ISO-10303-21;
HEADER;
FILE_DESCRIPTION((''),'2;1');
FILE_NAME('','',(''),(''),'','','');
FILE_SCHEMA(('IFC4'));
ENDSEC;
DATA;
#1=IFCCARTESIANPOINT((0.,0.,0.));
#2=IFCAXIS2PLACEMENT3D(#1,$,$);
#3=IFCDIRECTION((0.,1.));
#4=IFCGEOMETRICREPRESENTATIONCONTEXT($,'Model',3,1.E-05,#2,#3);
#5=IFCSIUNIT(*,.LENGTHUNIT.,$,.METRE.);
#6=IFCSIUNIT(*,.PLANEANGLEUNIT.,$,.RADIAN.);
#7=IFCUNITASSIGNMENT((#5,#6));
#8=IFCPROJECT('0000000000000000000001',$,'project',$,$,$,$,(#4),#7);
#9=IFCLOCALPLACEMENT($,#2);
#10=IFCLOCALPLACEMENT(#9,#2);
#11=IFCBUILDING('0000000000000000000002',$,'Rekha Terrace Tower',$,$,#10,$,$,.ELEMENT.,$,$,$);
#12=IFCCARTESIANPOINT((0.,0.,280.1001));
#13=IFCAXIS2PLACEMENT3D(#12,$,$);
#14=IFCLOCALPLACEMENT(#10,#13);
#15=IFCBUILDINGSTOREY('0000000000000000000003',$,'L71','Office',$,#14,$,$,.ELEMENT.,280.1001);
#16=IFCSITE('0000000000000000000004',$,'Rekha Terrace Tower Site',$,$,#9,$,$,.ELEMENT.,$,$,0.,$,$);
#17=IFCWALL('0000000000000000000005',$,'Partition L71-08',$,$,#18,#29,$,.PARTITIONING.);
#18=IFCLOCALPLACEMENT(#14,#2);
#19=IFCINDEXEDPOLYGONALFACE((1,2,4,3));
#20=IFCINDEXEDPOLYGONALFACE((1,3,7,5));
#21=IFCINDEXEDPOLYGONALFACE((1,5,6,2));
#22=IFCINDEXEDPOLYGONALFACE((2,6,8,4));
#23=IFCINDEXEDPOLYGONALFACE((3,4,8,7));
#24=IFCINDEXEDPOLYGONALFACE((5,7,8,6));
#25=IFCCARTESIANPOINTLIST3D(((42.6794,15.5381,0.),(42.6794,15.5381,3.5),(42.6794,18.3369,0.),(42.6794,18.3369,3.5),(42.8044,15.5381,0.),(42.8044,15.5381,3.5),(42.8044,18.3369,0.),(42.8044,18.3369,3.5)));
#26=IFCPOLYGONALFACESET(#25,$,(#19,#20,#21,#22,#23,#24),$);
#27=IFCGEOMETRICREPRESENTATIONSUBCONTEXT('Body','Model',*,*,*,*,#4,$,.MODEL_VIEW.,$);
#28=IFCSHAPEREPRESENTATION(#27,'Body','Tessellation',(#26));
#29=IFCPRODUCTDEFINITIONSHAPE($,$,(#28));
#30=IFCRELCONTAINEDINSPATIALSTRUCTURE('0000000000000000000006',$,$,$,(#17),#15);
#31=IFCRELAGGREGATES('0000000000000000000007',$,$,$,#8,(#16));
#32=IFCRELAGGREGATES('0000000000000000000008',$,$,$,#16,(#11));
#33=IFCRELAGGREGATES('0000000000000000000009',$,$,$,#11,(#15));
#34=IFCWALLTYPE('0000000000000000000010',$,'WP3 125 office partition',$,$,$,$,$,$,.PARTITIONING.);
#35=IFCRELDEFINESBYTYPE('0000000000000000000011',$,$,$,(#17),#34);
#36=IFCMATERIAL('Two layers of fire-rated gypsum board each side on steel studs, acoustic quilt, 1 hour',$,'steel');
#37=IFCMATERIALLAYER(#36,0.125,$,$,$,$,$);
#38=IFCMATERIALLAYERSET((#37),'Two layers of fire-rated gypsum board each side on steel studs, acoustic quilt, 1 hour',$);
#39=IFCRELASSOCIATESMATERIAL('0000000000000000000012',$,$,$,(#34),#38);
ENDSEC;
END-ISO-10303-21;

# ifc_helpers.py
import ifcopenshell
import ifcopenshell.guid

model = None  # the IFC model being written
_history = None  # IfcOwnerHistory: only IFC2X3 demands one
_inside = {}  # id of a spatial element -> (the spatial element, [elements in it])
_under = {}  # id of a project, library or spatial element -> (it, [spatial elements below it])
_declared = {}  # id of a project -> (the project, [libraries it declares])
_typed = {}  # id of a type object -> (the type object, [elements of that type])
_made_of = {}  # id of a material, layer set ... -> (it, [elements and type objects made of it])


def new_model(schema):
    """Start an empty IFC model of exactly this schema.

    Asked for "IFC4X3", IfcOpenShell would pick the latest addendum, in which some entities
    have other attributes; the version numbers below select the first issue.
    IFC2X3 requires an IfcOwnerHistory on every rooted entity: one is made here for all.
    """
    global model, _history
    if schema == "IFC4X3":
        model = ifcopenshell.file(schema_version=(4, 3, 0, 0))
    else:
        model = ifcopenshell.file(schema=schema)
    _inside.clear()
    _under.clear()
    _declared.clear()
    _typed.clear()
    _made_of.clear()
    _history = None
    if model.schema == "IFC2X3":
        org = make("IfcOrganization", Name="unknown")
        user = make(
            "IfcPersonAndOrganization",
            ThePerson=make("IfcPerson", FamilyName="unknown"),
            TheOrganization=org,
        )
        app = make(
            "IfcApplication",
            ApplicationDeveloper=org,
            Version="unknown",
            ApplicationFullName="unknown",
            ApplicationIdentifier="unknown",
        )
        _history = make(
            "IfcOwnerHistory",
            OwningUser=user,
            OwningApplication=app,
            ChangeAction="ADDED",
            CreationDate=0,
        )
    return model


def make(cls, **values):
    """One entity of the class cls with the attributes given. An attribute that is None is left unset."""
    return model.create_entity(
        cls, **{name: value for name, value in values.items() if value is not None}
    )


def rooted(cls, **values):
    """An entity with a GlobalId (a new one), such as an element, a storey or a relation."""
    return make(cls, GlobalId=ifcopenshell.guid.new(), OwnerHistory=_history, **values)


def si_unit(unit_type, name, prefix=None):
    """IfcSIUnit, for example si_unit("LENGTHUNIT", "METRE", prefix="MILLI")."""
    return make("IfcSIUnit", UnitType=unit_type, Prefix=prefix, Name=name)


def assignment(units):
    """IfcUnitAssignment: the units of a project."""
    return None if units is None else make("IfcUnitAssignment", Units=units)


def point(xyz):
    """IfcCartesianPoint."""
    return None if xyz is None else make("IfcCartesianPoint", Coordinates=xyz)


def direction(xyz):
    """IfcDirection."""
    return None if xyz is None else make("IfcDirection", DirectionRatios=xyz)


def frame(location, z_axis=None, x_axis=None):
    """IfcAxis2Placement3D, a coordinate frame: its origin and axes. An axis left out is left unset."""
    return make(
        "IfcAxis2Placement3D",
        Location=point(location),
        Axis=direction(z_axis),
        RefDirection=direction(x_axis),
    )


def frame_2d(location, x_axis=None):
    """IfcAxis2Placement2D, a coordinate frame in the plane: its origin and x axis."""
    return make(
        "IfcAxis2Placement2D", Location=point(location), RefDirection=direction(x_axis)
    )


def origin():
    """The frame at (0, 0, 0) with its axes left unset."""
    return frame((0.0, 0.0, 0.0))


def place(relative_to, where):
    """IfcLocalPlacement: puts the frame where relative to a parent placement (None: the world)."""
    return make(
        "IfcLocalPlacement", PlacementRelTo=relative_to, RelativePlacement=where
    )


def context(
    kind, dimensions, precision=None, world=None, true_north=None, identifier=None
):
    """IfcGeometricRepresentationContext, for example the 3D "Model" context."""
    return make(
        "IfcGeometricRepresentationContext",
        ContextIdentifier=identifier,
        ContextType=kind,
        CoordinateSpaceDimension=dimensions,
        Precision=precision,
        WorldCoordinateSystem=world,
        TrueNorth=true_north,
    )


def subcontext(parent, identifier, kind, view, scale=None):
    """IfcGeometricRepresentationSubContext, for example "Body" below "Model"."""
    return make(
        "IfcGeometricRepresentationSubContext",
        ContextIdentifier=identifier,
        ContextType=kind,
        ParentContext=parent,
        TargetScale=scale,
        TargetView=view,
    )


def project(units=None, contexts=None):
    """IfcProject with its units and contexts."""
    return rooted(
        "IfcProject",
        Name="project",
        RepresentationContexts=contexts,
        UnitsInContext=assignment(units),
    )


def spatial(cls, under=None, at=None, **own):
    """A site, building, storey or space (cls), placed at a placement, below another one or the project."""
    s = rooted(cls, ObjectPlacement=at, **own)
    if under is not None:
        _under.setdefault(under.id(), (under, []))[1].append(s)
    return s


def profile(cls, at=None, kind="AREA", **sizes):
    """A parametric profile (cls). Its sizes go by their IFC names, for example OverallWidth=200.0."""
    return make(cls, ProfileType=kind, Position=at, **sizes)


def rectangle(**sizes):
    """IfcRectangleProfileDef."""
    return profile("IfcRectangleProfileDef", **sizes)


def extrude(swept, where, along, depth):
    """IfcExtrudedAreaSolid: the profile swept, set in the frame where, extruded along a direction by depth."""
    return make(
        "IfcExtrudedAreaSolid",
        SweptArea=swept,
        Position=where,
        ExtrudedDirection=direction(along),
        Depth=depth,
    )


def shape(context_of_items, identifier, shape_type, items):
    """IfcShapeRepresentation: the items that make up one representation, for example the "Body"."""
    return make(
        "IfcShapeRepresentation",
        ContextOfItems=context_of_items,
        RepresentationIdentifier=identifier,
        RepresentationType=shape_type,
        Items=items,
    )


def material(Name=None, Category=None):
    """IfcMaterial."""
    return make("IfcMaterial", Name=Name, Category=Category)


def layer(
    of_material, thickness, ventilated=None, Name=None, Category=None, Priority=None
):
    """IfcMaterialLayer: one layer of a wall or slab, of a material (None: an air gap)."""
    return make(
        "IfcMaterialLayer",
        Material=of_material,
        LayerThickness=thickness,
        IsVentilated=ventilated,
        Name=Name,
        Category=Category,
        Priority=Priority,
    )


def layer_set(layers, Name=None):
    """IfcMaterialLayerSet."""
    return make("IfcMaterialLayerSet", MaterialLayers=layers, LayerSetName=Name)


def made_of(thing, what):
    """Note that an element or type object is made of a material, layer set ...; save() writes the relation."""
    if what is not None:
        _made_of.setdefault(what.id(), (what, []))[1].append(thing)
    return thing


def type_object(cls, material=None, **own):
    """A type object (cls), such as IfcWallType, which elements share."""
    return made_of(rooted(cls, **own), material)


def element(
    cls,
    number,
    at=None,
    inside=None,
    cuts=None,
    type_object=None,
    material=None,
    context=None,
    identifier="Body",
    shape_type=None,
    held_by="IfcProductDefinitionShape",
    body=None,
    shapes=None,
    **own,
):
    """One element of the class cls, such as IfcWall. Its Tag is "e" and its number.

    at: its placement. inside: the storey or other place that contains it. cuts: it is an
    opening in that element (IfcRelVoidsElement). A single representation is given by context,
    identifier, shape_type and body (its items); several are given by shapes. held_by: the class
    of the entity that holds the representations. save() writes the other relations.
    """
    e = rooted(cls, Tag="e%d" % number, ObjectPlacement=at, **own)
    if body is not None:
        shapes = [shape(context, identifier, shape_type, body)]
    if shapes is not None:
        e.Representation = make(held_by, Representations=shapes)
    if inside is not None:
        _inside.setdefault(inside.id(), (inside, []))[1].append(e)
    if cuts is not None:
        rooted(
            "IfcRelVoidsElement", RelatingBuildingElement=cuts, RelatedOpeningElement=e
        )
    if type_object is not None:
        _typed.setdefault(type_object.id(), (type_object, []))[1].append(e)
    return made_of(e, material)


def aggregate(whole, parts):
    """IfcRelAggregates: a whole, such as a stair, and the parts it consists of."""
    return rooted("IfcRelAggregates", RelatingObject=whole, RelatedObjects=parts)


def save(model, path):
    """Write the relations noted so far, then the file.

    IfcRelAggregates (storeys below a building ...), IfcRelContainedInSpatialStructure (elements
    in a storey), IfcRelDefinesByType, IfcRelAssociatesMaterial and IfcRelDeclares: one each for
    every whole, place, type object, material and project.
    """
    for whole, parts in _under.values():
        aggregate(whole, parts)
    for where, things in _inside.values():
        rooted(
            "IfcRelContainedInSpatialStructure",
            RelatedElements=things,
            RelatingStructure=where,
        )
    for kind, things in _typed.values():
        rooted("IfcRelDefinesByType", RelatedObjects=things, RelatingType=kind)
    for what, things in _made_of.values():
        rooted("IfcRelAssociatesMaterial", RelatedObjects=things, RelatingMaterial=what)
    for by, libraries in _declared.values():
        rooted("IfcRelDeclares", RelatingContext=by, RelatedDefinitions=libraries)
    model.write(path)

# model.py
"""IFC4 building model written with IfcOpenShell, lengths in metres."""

from ifc_helpers import new_model, si_unit, direction, frame, frame_2d, origin, place, context, subcontext, project, spatial, rectangle, extrude, material, layer, layer_set, type_object, element, save


model = new_model("IFC4")

# Units and contexts
model_context = context("Model", 3, precision=1e-05, world=origin(), true_north=direction((0.0, 1.0)))
body_context = subcontext(model_context, "Body", "Model", "MODEL_VIEW")
ifc_project = project(units=[si_unit("LENGTHUNIT", "METRE"), si_unit("PLANEANGLEUNIT", "RADIAN")], contexts=[model_context])

# Site, building, storey
site_placement = place(None, origin())
site = spatial("IfcSite", under=ifc_project, at=site_placement, Name="Rekha Terrace Tower Site", CompositionType="ELEMENT", RefElevation=0.0)
building_placement = place(site_placement, origin())
building = spatial("IfcBuilding", under=site, at=building_placement, Name="Rekha Terrace Tower", CompositionType="ELEMENT")
storey_placement = place(building_placement, frame((0.0, 0.0, 280.1001)))
storey = spatial("IfcBuildingStorey", under=building, at=storey_placement, Name="L71", Description="Office", CompositionType="ELEMENT", Elevation=280.1001)

# Wall
ifc_material_1 = material(Name="Two layers of fire-rated gypsum board each side on steel studs, acoustic quilt, 1 hour", Category="steel")
ifc_layer_1 = layer(ifc_material_1, 0.125)
ifc_layer_set_1 = layer_set([ifc_layer_1], Name="Two layers of fire-rated gypsum board each side on steel studs, acoustic quilt, 1 hour")
wall_type = type_object("IfcWallType", Name="WP3 125 office partition", PredefinedType="PARTITIONING", material=ifc_layer_set_1)
wall_1_placement = place(storey_placement, frame((42.7419, 18.3369, 0.0), z_axis=(0.0, 0.0, 1.0), x_axis=(0.0, -1.0, 0.0)))
element("IfcWall", 1, at=wall_1_placement, inside=storey, type_object=wall_type, Name="Partition L71-08", PredefinedType="PARTITIONING", context=body_context, shape_type="SweptSolid", body=[
    extrude(rectangle(XDim=2.7988, YDim=0.125, at=frame_2d((1.3994, 0.0))), origin(), (0.0, 0.0, 1.0), 3.5),
])

save(model, "model.ifc")
